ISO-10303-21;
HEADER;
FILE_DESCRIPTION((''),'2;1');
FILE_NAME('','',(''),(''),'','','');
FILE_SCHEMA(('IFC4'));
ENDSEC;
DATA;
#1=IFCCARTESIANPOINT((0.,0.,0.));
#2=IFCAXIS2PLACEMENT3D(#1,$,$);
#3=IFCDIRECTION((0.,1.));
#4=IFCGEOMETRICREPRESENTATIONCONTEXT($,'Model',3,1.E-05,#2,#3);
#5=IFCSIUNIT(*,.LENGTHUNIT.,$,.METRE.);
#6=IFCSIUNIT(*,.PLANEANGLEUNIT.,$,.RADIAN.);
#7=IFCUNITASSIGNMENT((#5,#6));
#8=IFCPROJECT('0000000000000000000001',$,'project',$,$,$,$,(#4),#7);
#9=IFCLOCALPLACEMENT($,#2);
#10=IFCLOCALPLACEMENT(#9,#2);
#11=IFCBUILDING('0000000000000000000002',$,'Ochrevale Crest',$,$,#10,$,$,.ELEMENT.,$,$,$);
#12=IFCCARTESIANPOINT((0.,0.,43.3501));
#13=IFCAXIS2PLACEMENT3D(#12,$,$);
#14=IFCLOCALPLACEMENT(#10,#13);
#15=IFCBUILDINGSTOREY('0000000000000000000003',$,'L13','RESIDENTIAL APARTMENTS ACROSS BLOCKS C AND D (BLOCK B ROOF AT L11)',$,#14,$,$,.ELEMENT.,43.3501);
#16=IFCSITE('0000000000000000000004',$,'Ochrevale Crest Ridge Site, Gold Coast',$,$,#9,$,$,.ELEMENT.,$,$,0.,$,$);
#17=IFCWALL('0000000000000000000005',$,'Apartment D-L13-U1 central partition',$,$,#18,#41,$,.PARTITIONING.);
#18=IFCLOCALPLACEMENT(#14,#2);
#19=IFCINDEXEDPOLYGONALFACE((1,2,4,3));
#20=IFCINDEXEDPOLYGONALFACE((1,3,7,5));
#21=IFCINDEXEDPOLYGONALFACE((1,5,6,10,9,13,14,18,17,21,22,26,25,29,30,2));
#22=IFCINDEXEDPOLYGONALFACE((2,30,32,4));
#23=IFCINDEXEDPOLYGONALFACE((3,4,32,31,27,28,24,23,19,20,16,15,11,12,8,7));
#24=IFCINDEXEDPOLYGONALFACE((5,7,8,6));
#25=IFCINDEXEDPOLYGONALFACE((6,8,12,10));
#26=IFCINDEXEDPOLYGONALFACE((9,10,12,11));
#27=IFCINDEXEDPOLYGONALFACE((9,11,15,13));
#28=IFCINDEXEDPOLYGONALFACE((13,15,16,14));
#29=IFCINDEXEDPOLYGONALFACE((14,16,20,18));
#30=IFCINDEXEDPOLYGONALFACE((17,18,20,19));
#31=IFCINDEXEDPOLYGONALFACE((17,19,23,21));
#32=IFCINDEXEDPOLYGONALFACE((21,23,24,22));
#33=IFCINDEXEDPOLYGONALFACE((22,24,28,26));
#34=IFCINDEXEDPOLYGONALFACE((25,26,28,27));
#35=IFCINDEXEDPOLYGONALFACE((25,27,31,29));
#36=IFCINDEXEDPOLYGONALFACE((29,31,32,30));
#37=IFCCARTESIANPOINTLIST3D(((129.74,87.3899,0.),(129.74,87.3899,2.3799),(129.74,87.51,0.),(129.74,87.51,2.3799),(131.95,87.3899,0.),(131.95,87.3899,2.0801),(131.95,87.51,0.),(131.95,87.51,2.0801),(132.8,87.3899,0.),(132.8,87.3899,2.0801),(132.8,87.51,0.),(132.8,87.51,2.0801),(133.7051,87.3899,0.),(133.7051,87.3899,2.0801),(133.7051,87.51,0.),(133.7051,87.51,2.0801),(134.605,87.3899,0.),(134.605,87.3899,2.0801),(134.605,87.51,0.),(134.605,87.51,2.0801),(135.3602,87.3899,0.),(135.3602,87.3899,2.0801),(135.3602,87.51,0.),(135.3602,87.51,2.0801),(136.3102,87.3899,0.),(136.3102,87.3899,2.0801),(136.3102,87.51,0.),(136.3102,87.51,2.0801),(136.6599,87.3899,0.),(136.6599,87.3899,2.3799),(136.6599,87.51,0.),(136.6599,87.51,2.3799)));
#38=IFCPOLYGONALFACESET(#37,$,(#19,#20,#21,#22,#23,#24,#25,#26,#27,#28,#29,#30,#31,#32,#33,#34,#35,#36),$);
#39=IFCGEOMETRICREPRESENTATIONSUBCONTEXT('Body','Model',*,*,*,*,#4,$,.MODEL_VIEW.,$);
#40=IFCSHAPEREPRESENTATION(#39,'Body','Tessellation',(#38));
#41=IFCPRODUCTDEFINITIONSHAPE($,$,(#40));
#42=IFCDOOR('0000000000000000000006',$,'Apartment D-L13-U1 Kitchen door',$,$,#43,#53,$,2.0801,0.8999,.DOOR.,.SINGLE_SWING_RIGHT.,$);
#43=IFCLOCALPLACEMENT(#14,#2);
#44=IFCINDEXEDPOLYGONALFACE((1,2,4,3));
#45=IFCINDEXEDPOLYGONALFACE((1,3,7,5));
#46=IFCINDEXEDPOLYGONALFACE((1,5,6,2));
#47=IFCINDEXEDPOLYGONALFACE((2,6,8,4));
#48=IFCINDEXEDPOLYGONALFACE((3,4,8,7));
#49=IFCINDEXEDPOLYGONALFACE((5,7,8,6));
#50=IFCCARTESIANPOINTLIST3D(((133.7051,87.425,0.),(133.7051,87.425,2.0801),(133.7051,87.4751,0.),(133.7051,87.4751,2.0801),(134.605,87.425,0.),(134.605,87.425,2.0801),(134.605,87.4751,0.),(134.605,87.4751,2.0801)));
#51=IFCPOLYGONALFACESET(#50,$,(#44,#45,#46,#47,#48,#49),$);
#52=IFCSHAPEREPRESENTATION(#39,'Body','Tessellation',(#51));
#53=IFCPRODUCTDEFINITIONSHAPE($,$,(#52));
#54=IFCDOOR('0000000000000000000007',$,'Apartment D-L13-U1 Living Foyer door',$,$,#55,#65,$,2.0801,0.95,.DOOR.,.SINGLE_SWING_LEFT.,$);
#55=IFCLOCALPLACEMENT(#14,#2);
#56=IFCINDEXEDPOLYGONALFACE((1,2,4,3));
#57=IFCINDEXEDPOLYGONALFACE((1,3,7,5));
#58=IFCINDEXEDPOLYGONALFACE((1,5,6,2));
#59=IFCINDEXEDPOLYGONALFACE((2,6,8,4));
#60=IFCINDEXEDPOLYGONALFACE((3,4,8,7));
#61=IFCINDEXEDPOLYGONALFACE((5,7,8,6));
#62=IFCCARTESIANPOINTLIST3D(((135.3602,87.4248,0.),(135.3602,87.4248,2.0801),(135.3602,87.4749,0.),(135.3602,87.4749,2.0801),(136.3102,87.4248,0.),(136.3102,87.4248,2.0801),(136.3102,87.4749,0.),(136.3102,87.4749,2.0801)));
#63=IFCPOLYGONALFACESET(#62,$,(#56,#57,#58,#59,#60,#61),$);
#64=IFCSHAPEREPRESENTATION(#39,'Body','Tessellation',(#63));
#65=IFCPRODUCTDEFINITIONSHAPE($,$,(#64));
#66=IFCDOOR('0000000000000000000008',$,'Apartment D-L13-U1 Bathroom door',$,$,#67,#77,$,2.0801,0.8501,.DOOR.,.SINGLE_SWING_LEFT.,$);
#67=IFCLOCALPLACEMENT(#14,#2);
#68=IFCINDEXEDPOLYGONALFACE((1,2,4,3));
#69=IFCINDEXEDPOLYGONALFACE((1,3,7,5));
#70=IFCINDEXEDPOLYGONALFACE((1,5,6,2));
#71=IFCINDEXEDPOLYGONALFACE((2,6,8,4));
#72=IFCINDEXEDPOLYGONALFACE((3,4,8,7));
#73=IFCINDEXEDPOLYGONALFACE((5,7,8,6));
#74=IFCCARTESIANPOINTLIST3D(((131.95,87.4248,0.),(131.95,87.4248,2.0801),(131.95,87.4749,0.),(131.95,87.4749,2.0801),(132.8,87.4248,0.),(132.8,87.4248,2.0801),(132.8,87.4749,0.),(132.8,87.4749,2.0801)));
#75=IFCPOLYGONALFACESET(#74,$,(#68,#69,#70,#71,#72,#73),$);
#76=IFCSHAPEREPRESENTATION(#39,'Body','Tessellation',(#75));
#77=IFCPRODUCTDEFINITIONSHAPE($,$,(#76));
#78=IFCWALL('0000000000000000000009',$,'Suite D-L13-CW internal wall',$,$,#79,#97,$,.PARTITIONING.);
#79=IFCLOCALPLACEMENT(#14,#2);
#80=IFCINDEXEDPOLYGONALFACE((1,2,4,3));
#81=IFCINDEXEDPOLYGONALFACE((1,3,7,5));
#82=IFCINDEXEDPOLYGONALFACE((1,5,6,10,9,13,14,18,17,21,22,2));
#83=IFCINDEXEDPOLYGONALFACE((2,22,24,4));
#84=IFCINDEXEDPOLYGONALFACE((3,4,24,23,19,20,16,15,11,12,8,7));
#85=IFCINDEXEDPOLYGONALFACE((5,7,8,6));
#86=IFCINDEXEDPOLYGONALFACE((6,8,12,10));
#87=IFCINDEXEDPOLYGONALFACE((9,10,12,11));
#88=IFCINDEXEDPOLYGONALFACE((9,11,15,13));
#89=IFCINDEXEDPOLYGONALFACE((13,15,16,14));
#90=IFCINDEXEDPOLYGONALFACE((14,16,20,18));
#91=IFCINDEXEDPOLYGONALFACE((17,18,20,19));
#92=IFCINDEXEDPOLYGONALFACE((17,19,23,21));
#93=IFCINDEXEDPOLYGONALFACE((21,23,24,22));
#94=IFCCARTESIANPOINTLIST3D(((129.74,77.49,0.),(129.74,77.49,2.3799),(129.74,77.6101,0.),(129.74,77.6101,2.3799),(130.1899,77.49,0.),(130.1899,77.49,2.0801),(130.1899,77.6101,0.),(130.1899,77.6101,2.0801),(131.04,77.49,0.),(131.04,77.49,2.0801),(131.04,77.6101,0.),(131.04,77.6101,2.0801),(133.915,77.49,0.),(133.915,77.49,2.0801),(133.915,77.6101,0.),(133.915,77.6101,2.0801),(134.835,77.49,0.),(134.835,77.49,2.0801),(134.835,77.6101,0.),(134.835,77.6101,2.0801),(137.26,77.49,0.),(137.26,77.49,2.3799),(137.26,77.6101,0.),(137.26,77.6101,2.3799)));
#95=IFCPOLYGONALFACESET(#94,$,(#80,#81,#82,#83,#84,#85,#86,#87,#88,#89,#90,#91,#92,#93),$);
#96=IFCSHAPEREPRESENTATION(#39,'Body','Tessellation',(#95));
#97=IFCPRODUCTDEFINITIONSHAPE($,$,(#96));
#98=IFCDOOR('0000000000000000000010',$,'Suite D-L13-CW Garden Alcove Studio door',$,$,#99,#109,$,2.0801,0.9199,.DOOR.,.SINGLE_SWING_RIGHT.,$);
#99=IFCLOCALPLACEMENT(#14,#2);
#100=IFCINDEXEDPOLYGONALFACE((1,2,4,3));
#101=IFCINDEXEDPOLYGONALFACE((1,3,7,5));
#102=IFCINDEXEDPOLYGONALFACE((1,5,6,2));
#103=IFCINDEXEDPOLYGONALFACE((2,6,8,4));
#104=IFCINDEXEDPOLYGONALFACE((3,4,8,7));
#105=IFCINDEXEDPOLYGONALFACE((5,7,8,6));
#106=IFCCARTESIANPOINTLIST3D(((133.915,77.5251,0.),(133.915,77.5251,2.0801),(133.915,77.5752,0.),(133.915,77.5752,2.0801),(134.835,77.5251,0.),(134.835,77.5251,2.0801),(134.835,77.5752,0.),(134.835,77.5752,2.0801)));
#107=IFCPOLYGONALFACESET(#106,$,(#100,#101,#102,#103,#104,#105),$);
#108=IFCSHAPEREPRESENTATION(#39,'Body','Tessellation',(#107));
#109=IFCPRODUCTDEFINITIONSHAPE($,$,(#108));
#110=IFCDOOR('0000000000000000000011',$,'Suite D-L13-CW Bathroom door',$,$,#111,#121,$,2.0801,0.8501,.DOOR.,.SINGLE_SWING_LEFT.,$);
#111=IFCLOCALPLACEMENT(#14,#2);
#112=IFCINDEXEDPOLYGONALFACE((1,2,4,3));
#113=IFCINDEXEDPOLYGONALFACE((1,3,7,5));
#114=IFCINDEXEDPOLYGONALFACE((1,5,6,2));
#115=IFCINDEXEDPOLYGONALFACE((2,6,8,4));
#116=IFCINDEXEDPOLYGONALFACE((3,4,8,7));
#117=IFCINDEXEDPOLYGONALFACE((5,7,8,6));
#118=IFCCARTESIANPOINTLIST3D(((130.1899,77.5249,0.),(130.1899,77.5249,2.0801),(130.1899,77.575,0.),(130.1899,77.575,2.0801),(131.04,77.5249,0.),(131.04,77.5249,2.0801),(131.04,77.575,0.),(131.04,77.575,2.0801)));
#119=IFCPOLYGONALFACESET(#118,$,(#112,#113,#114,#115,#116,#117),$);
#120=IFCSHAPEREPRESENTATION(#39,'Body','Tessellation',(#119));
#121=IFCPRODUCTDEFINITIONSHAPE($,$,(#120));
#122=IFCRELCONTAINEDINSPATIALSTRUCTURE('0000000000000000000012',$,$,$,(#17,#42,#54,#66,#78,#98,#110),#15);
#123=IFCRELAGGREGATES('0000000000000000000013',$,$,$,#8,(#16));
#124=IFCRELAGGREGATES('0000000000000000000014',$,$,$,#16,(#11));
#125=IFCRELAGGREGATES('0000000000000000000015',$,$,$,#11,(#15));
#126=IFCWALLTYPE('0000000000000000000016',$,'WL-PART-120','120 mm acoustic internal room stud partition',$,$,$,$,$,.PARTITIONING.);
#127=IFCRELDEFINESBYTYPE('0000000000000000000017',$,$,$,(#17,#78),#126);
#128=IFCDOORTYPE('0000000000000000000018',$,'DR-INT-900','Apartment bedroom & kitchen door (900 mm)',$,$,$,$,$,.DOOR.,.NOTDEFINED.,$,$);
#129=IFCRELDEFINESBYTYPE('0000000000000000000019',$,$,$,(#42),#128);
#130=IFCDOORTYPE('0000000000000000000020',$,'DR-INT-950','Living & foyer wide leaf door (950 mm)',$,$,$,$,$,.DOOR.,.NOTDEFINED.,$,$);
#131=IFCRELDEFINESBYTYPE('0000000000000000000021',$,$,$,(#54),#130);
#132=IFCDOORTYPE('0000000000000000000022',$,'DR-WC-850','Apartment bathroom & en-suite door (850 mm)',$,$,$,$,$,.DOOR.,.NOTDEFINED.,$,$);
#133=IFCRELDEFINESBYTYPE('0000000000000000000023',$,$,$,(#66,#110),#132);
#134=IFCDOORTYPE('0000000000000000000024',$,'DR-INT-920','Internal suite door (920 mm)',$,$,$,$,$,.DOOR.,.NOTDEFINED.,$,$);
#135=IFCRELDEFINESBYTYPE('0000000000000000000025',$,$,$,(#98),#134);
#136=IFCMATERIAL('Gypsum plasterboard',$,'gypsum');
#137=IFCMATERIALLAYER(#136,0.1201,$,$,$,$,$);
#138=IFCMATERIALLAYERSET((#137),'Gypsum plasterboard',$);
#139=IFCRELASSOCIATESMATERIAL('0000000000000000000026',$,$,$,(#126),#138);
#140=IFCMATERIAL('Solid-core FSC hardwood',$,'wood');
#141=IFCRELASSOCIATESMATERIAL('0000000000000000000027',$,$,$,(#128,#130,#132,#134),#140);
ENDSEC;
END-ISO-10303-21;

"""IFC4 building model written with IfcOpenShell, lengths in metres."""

from ifc_helpers import new_model, si_unit, direction, frame, frame_2d, origin, place, context, subcontext, project, spatial, rectangle, extrude, material, layer, layer_set, type_object, element, fill, save


model = new_model("IFC4")

# Units and contexts
model_context = context("Model", 3, precision=1e-05, world=origin(), true_north=direction((0.0, 1.0)))
body_context = subcontext(model_context, "Body", "Model", "MODEL_VIEW")
ifc_project = project(units=[si_unit("LENGTHUNIT", "METRE"), si_unit("PLANEANGLEUNIT", "RADIAN")], contexts=[model_context])

# Site, building, storey
site_placement = place(None, origin())
site = spatial("IfcSite", under=ifc_project, at=site_placement, Name="Ochrevale Crest Ridge Site, Gold Coast", CompositionType="ELEMENT", RefElevation=0.0)
building_placement = place(site_placement, origin())
building = spatial("IfcBuilding", under=site, at=building_placement, Name="Ochrevale Crest", CompositionType="ELEMENT")
storey_placement = place(building_placement, frame((0.0, 0.0, 43.3501)))
storey = spatial("IfcBuildingStorey", under=building, at=storey_placement, Name="L13", Description="RESIDENTIAL APARTMENTS ACROSS BLOCKS C AND D (BLOCK B ROOF AT L11)", CompositionType="ELEMENT", Elevation=43.3501)

# Shared definitions
ifc_material_1 = material(Name="Gypsum plasterboard", Category="gypsum")
ifc_material_2 = material(Name="Solid-core FSC hardwood", Category="wood")

# Walls, openings, doors
ifc_layer_1 = layer(ifc_material_1, 0.1201)
ifc_layer_set_1 = layer_set([ifc_layer_1], Name="Gypsum plasterboard")
wall_type_1 = type_object("IfcWallType", Name="WL-PART-120", Description="120 mm acoustic internal room stud partition", PredefinedType="PARTITIONING", material=ifc_layer_set_1)
wall_1_placement = place(storey_placement, frame((129.74, 87.45, 0.0), z_axis=(0.0, 0.0, 1.0), x_axis=(1.0, 0.0, 0.0)))
wall_1 = element("IfcWall", 1, at=wall_1_placement, inside=storey, type_object=wall_type_1, Name="Apartment D-L13-U1 central partition", PredefinedType="PARTITIONING", context=body_context, shape_type="SweptSolid", body=[
    extrude(rectangle(XDim=6.9199, YDim=0.1201, at=frame_2d((3.46, 0.0))), origin(), (0.0, 0.0, 1.0), 2.3799),
])
opening_1_placement = place(wall_1_placement, frame((2.21, 0.0, 0.0)))
opening_1 = element("IfcOpeningElement", 2, at=opening_1_placement, cuts=wall_1, PredefinedType="OPENING", context=body_context, shape_type="SweptSolid", body=[
    extrude(rectangle(XDim=0.8501, YDim=2.0801, at=frame_2d((0.425, 1.04))), frame((0.0, 0.0701, 0.0), z_axis=(0.0, -1.0, 0.0), x_axis=(1.0, 0.0, 0.0)), (0.0, 0.0, 1.0), 0.1401),
])
opening_2_placement = place(wall_1_placement, frame((4.865, 0.0, 0.0), z_axis=(0.0, 0.0, 1.0), x_axis=(-1.0, 0.0, 0.0)))
opening_2 = element("IfcOpeningElement", 3, at=opening_2_placement, cuts=wall_1, PredefinedType="OPENING", context=body_context, shape_type="SweptSolid", body=[
    extrude(rectangle(XDim=0.8999, YDim=2.0801, at=frame_2d((0.45, 1.04))), frame((0.0, 0.0701, 0.0), z_axis=(0.0, -1.0, 0.0), x_axis=(1.0, 0.0, 0.0)), (0.0, 0.0, 1.0), 0.1401),
])
opening_3_placement = place(wall_1_placement, frame((5.6201, 0.0, 0.0)))
opening_3 = element("IfcOpeningElement", 4, at=opening_3_placement, cuts=wall_1, PredefinedType="OPENING", context=body_context, shape_type="SweptSolid", body=[
    extrude(rectangle(XDim=0.95, YDim=2.0801, at=frame_2d((0.4751, 1.04))), frame((0.0, 0.0701, 0.0), z_axis=(0.0, -1.0, 0.0), x_axis=(1.0, 0.0, 0.0)), (0.0, 0.0, 1.0), 0.1401),
])
door_type_1 = type_object("IfcDoorType", Name="DR-INT-900", Description="Apartment bedroom & kitchen door (900 mm)", OperationType="NOTDEFINED", PredefinedType="DOOR", material=ifc_material_2)
door_1_placement = place(opening_2_placement, origin())
door_1 = element("IfcDoor", 5, at=door_1_placement, inside=storey, type_object=door_type_1, Name="Apartment D-L13-U1 Kitchen door", OperationType="SINGLE_SWING_RIGHT", OverallHeight=2.0801, OverallWidth=0.8999, PredefinedType="DOOR", context=body_context, shape_type="SweptSolid", body=[
    extrude(rectangle(XDim=0.8999, YDim=2.0801, at=frame_2d((0.45, 1.04))), frame((0.0, 0.0249, 0.0), z_axis=(0.0, -1.0, 0.0), x_axis=(1.0, 0.0, 0.0)), (0.0, 0.0, 1.0), 0.05),
])
fill(opening_2, door_1)
door_type_2 = type_object("IfcDoorType", Name="DR-INT-950", Description="Living & foyer wide leaf door (950 mm)", OperationType="NOTDEFINED", PredefinedType="DOOR", material=ifc_material_2)
door_2_placement = place(opening_3_placement, origin())
door_2 = element("IfcDoor", 6, at=door_2_placement, inside=storey, type_object=door_type_2, Name="Apartment D-L13-U1 Living Foyer door", OperationType="SINGLE_SWING_LEFT", OverallHeight=2.0801, OverallWidth=0.95, PredefinedType="DOOR", context=body_context, shape_type="SweptSolid", body=[
    extrude(rectangle(XDim=0.95, YDim=2.0801, at=frame_2d((0.4751, 1.04))), frame((0.0, 0.0249, 0.0), z_axis=(0.0, -1.0, 0.0), x_axis=(1.0, 0.0, 0.0)), (0.0, 0.0, 1.0), 0.05),
])
fill(opening_3, door_2)
door_type_3 = type_object("IfcDoorType", Name="DR-WC-850", Description="Apartment bathroom & en-suite door (850 mm)", OperationType="NOTDEFINED", PredefinedType="DOOR", material=ifc_material_2)
door_3_placement = place(opening_1_placement, origin())
door_3 = element("IfcDoor", 7, at=door_3_placement, inside=storey, type_object=door_type_3, Name="Apartment D-L13-U1 Bathroom door", OperationType="SINGLE_SWING_LEFT", OverallHeight=2.0801, OverallWidth=0.8501, PredefinedType="DOOR", context=body_context, shape_type="SweptSolid", body=[
    extrude(rectangle(XDim=0.8501, YDim=2.0801, at=frame_2d((0.425, 1.04))), frame((0.0, 0.0249, 0.0), z_axis=(0.0, -1.0, 0.0), x_axis=(1.0, 0.0, 0.0)), (0.0, 0.0, 1.0), 0.05),
])
fill(opening_1, door_3)
wall_2_placement = place(storey_placement, frame((129.74, 77.55, 0.0), z_axis=(0.0, 0.0, 1.0), x_axis=(1.0, 0.0, 0.0)))
wall_2 = element("IfcWall", 8, at=wall_2_placement, inside=storey, type_object=wall_type_1, Name="Suite D-L13-CW internal wall", PredefinedType="PARTITIONING", context=body_context, shape_type="SweptSolid", body=[
    extrude(rectangle(XDim=7.52, YDim=0.1201, at=frame_2d((3.76, 0.0))), origin(), (0.0, 0.0, 1.0), 2.3799),
])
opening_4_placement = place(wall_2_placement, frame((0.45, 0.0, 0.0)))
opening_4 = element("IfcOpeningElement", 9, at=opening_4_placement, cuts=wall_2, PredefinedType="OPENING", context=body_context, shape_type="SweptSolid", body=[
    extrude(rectangle(XDim=0.8501, YDim=2.0801, at=frame_2d((0.425, 1.04))), frame((0.0, 0.0701, 0.0), z_axis=(0.0, -1.0, 0.0), x_axis=(1.0, 0.0, 0.0)), (0.0, 0.0, 1.0), 0.1401),
])
opening_5_placement = place(wall_2_placement, frame((5.095, 0.0, 0.0), z_axis=(0.0, 0.0, 1.0), x_axis=(-1.0, 0.0, 0.0)))
opening_5 = element("IfcOpeningElement", 10, at=opening_5_placement, cuts=wall_2, PredefinedType="OPENING", context=body_context, shape_type="SweptSolid", body=[
    extrude(rectangle(XDim=0.9199, YDim=2.0801, at=frame_2d((0.46, 1.04))), frame((0.0, 0.0701, 0.0), z_axis=(0.0, -1.0, 0.0), x_axis=(1.0, 0.0, 0.0)), (0.0, 0.0, 1.0), 0.1401),
])
door_type_4 = type_object("IfcDoorType", Name="DR-INT-920", Description="Internal suite door (920 mm)", OperationType="NOTDEFINED", PredefinedType="DOOR", material=ifc_material_2)
door_4_placement = place(opening_5_placement, origin())
door_4 = element("IfcDoor", 11, at=door_4_placement, inside=storey, type_object=door_type_4, Name="Suite D-L13-CW Garden Alcove Studio door", OperationType="SINGLE_SWING_RIGHT", OverallHeight=2.0801, OverallWidth=0.9199, PredefinedType="DOOR", context=body_context, shape_type="SweptSolid", body=[
    extrude(rectangle(XDim=0.9199, YDim=2.0801, at=frame_2d((0.46, 1.04))), frame((0.0, 0.0249, 0.0), z_axis=(0.0, -1.0, 0.0), x_axis=(1.0, 0.0, 0.0)), (0.0, 0.0, 1.0), 0.05),
])
fill(opening_5, door_4)
door_5_placement = place(opening_4_placement, origin())
door_5 = element("IfcDoor", 12, at=door_5_placement, inside=storey, type_object=door_type_3, Name="Suite D-L13-CW Bathroom door", OperationType="SINGLE_SWING_LEFT", OverallHeight=2.0801, OverallWidth=0.8501, PredefinedType="DOOR", context=body_context, shape_type="SweptSolid", body=[
    extrude(rectangle(XDim=0.8501, YDim=2.0801, at=frame_2d((0.425, 1.04))), frame((0.0, 0.0249, 0.0), z_axis=(0.0, -1.0, 0.0), x_axis=(1.0, 0.0, 0.0)), (0.0, 0.0, 1.0), 0.05),
])
fill(opening_4, door_5)

save(model, "model.ifc")
